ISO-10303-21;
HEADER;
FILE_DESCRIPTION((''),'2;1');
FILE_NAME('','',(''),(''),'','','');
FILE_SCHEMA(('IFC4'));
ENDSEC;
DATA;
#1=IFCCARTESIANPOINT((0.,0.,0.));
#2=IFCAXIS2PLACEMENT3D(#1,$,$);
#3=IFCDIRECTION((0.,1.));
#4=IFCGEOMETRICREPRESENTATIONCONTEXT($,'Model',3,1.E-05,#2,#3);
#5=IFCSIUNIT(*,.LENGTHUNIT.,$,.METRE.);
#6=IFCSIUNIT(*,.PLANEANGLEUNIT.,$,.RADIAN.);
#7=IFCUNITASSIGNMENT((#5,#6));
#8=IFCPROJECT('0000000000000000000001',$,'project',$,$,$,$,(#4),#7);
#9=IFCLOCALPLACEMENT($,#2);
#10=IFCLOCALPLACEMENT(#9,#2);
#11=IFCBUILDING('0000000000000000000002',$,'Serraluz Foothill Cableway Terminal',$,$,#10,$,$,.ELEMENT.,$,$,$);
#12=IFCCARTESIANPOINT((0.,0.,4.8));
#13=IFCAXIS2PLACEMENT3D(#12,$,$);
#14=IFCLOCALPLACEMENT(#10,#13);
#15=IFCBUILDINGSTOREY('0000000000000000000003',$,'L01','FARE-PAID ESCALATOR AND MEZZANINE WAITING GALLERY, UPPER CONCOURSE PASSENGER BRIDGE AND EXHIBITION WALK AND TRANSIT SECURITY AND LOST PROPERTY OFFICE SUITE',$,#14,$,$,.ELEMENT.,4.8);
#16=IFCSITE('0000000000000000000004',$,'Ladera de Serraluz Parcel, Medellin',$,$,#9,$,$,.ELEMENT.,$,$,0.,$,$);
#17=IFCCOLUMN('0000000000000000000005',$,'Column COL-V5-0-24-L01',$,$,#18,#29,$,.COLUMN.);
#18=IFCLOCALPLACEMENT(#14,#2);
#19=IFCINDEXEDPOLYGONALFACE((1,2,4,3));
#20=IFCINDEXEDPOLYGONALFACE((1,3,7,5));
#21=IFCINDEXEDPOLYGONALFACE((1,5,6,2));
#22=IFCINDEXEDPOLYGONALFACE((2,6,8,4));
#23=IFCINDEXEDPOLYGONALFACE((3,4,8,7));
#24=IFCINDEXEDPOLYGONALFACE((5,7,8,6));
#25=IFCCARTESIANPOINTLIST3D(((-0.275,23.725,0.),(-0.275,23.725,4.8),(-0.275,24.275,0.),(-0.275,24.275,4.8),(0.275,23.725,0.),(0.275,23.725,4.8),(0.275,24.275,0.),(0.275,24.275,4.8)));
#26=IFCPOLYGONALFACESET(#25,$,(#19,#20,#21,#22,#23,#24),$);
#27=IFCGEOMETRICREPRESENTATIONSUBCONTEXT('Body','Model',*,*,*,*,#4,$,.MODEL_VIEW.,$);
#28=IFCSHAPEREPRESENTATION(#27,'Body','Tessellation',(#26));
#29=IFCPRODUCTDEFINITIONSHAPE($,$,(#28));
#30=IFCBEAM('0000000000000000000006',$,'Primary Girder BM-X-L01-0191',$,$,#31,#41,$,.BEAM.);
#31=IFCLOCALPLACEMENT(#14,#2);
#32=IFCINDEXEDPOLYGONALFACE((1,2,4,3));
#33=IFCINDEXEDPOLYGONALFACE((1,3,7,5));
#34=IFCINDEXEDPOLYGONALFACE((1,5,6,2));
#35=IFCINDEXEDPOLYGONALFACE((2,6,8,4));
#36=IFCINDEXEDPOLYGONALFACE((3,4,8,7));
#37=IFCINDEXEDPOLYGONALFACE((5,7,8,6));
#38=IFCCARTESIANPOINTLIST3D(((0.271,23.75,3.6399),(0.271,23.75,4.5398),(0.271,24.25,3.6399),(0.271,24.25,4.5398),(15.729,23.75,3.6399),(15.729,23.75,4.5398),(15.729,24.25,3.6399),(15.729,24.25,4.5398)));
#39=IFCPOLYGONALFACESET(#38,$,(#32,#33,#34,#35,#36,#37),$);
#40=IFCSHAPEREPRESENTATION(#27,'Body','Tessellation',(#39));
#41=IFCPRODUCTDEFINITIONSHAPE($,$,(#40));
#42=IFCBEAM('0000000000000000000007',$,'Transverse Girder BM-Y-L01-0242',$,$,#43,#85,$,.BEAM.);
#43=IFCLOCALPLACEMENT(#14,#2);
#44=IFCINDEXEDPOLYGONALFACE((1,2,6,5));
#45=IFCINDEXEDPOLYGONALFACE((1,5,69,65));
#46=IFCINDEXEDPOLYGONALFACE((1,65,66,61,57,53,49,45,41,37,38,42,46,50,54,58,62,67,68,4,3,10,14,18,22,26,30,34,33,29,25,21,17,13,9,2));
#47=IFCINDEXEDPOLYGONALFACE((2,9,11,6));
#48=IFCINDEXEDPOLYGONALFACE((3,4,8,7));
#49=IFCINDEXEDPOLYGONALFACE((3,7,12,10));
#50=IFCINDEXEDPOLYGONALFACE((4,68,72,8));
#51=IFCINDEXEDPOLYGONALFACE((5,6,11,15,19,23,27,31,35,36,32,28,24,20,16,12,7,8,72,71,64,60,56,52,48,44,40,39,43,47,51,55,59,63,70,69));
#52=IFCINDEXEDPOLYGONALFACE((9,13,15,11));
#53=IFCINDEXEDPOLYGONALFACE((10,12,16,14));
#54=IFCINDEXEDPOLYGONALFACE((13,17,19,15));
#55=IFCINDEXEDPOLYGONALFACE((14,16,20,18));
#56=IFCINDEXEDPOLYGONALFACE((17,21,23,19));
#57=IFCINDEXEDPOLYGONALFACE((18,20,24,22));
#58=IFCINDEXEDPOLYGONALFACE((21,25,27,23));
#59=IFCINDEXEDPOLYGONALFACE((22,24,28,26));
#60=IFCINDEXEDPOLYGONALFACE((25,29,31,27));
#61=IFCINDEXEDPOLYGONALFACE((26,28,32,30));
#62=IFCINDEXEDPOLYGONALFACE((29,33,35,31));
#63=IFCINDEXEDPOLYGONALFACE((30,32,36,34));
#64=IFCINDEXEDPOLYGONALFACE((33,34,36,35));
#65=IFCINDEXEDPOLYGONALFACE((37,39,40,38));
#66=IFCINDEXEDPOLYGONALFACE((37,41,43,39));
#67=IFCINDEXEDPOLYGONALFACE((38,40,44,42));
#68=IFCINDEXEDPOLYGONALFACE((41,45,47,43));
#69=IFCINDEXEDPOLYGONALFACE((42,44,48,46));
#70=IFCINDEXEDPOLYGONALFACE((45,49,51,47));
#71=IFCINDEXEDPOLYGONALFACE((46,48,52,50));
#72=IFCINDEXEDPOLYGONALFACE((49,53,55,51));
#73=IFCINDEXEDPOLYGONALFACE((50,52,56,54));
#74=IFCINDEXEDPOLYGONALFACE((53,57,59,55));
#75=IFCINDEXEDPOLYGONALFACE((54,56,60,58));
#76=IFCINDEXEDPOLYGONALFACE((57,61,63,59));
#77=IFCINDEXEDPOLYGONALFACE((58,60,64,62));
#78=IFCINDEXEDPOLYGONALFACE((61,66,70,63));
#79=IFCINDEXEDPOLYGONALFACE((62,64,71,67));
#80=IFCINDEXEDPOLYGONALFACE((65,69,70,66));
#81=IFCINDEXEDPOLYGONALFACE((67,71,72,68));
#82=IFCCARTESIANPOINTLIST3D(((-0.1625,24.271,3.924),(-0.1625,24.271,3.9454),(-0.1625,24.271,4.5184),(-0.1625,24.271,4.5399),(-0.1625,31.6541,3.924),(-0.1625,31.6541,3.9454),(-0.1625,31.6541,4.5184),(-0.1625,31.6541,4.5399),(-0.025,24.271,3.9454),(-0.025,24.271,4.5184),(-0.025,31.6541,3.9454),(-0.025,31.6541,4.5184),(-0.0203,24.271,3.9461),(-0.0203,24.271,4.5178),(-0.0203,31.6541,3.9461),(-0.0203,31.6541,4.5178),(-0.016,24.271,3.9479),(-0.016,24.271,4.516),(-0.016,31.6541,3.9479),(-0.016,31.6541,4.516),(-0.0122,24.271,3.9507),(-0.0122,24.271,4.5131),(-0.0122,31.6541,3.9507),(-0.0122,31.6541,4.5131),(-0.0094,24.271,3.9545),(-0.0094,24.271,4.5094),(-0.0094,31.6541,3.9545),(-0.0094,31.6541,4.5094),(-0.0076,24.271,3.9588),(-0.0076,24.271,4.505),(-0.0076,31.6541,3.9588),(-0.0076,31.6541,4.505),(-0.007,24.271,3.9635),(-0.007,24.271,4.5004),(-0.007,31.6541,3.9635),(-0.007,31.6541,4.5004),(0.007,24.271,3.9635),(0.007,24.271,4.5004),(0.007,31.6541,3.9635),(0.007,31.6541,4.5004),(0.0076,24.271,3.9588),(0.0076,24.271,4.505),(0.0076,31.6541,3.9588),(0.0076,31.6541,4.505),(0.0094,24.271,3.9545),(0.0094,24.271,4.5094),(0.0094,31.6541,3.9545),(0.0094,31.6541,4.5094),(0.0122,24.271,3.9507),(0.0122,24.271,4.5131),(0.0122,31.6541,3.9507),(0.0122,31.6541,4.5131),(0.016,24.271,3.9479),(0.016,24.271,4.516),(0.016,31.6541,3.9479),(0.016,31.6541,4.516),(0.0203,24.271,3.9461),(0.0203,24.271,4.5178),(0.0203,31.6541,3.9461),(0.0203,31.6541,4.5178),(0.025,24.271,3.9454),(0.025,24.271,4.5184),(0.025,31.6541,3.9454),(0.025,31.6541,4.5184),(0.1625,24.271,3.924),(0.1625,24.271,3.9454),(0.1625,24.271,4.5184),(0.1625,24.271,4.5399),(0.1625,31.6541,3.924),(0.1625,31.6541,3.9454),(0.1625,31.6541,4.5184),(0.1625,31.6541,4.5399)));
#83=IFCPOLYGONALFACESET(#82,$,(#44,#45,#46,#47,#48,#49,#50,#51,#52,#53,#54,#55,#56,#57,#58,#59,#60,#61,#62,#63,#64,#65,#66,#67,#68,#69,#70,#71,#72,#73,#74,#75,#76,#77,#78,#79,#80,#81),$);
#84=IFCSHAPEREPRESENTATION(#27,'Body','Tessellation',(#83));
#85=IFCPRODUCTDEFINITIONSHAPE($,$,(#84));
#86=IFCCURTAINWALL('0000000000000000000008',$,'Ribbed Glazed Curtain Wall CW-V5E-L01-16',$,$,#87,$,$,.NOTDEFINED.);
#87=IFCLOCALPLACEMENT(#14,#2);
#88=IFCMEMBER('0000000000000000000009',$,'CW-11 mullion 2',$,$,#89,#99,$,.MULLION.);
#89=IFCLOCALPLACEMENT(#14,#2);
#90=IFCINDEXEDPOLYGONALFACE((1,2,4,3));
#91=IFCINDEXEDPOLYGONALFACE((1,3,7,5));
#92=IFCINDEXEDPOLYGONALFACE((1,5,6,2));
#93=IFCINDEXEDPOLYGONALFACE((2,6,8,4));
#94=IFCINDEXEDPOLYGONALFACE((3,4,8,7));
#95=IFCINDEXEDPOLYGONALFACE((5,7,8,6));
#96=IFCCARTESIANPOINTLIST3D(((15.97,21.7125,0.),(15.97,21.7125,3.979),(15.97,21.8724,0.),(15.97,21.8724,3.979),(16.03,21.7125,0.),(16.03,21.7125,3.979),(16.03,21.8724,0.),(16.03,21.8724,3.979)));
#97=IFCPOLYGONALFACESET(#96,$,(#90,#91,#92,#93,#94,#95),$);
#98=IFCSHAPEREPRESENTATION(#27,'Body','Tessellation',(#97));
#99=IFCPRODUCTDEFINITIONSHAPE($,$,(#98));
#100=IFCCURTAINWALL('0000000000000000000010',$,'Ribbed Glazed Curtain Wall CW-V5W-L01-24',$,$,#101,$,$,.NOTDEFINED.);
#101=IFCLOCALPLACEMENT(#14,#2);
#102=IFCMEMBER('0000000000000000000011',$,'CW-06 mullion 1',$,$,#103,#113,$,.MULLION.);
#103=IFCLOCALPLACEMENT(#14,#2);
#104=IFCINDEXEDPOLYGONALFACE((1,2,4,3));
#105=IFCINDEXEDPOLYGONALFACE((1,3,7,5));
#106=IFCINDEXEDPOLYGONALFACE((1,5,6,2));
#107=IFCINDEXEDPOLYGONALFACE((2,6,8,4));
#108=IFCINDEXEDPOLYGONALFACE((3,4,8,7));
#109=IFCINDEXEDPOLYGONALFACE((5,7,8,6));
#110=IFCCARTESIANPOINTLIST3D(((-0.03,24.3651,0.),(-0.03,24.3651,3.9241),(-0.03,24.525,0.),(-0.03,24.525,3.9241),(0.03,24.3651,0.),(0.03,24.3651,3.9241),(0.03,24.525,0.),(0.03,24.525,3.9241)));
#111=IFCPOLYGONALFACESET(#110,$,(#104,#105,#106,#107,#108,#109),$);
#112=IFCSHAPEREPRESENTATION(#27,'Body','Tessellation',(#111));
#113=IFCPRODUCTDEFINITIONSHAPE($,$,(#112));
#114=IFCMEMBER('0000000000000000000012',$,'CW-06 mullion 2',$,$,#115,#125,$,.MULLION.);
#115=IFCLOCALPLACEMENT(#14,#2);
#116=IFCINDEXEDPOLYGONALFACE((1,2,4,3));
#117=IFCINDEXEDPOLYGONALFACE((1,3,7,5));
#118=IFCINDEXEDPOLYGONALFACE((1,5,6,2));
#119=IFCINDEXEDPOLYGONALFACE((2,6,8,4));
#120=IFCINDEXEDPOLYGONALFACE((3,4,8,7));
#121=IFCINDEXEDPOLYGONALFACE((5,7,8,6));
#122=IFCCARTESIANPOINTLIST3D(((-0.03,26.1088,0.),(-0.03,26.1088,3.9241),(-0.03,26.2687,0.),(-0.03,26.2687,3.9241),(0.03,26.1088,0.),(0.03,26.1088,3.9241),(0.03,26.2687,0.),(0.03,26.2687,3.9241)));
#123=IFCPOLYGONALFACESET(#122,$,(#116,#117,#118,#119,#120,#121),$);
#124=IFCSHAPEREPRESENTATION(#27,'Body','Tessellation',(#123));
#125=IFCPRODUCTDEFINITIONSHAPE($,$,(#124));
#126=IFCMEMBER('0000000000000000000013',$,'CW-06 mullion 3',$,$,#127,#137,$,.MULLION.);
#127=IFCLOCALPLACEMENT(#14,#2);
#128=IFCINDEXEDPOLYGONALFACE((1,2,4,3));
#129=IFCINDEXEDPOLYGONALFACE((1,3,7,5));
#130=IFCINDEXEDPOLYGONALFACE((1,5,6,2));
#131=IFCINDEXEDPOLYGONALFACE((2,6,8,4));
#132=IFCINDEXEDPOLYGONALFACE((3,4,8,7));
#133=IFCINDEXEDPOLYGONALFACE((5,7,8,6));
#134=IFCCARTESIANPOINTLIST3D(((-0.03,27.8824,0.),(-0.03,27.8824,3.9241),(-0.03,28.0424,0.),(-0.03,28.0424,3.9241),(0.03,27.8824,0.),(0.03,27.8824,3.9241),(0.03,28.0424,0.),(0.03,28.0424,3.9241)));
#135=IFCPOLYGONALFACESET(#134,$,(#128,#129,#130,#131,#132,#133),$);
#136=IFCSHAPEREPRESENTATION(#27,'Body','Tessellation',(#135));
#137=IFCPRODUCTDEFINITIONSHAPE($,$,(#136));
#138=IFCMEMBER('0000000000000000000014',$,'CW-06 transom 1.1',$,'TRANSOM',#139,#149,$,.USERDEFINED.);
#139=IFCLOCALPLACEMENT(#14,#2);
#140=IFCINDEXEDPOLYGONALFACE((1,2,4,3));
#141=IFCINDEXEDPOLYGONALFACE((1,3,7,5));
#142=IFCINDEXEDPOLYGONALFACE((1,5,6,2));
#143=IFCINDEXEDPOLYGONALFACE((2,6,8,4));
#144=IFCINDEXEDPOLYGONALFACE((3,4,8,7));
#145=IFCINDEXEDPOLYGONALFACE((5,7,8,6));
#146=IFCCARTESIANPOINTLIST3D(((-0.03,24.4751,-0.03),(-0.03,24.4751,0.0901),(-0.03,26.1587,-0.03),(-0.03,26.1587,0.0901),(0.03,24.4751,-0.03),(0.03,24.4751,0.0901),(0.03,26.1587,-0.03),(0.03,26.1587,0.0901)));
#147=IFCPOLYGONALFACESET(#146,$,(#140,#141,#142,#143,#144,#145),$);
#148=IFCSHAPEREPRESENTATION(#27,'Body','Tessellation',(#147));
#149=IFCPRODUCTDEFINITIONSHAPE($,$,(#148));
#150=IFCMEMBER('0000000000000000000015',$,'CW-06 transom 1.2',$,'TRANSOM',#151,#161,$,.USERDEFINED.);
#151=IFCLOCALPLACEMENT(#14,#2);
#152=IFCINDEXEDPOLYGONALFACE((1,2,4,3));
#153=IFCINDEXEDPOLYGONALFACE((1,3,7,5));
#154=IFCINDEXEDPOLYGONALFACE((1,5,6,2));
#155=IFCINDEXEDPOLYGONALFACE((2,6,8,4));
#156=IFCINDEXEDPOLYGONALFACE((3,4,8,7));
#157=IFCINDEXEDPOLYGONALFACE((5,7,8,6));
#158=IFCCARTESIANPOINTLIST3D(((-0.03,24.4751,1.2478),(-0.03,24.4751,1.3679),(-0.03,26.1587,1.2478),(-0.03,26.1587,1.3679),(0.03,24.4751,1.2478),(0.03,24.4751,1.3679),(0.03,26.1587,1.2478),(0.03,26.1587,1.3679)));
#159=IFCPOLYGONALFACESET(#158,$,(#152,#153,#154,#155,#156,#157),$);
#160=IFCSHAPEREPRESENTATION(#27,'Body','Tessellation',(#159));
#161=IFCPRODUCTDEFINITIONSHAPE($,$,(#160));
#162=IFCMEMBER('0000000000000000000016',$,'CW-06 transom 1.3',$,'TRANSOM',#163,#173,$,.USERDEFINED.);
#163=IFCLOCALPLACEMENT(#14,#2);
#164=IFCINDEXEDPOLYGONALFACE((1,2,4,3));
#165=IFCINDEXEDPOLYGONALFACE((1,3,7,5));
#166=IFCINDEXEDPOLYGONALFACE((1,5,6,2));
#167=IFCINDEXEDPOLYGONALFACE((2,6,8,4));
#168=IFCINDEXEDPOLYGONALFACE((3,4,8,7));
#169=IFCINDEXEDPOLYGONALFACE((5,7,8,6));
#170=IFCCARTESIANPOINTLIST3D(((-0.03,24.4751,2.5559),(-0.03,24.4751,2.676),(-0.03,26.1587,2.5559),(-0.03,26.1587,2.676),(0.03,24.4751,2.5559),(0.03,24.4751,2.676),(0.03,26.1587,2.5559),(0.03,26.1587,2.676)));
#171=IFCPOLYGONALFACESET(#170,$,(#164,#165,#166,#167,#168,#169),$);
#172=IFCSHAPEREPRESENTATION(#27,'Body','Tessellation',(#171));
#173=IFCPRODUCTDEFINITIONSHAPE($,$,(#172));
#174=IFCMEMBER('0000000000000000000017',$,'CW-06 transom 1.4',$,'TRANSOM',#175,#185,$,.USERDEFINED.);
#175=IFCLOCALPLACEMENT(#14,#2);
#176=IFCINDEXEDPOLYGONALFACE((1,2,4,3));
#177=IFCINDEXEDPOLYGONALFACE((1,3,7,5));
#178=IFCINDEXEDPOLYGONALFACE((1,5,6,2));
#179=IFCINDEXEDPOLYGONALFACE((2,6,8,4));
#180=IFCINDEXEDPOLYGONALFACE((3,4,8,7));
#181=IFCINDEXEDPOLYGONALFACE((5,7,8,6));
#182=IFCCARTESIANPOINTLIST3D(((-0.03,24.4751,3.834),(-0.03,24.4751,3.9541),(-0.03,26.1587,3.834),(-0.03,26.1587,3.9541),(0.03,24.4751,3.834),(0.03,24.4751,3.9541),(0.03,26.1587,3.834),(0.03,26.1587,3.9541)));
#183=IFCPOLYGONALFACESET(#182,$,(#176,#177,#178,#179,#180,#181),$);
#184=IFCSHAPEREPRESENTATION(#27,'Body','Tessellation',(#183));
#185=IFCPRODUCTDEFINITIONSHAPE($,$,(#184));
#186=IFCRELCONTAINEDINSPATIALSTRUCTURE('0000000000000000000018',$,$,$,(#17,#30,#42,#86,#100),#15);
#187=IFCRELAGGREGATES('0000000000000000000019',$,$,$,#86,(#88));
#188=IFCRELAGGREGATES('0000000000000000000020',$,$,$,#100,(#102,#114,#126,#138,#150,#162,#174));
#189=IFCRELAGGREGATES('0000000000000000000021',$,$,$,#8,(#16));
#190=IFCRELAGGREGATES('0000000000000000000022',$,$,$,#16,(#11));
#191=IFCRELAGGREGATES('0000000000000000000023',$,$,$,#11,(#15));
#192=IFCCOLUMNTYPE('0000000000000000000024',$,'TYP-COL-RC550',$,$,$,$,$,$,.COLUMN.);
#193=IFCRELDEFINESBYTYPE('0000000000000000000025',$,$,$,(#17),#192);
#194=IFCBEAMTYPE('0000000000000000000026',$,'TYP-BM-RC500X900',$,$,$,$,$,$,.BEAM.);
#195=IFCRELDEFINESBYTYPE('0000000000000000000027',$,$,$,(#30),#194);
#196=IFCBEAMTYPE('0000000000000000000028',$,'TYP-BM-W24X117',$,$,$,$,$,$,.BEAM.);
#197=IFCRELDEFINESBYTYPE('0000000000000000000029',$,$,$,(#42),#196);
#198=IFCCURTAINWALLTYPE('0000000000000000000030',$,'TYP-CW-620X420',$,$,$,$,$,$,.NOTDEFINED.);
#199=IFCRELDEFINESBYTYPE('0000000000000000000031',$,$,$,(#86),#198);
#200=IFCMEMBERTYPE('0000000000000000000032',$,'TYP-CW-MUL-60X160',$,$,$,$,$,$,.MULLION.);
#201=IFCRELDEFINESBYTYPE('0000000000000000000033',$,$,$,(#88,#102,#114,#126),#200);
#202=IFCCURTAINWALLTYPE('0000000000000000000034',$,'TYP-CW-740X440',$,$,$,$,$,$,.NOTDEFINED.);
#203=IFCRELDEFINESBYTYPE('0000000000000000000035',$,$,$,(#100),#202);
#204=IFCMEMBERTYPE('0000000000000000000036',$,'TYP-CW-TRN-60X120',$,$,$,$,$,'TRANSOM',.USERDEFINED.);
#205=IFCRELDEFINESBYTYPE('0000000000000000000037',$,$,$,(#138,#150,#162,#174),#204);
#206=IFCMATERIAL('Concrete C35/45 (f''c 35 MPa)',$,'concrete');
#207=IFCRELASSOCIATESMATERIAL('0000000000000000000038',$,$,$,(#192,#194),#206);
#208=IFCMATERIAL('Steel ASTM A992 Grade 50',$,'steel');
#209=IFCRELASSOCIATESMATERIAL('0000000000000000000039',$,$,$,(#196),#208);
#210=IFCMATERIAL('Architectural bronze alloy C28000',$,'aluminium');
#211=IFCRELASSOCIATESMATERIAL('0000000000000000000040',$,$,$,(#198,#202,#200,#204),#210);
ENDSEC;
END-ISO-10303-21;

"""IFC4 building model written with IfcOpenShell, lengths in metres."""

from ifc_helpers import new_model, si_unit, direction, frame, origin, origin_2d, place, context, subcontext, project, spatial, rectangle, i_section, extrude, material, material_profile, profile_set, type_object, element, aggregate, save


model = new_model("IFC4")

# Units and contexts
model_context = context("Model", 3, precision=1e-05, world=origin(), true_north=direction((0.0, 1.0)))
body_context = subcontext(model_context, "Body", "Model", "MODEL_VIEW")
ifc_project = project(units=[si_unit("LENGTHUNIT", "METRE"), si_unit("PLANEANGLEUNIT", "RADIAN")], contexts=[model_context])

# Site, building, storey
site_placement = place(None, origin())
site = spatial("IfcSite", under=ifc_project, at=site_placement, Name="Ladera de Serraluz Parcel, Medellin", CompositionType="ELEMENT", RefElevation=0.0)
building_placement = place(site_placement, origin())
building = spatial("IfcBuilding", under=site, at=building_placement, Name="Serraluz Foothill Cableway Terminal", CompositionType="ELEMENT")
storey_placement = place(building_placement, frame((0.0, 0.0, 4.8)))
storey = spatial("IfcBuildingStorey", under=building, at=storey_placement, Name="L01", Description="FARE-PAID ESCALATOR AND MEZZANINE WAITING GALLERY, UPPER CONCOURSE PASSENGER BRIDGE AND EXHIBITION WALK AND TRANSIT SECURITY AND LOST PROPERTY OFFICE SUITE", CompositionType="ELEMENT", Elevation=4.8)

# Column
ifc_material_1 = material(Name="Concrete C35/45 (f'c 35 MPa)", Category="concrete")
ifc_material_profile_1 = material_profile(ifc_material_1, rectangle(XDim=0.55, YDim=0.55, at=origin_2d()), Name="RC 550x550")
ifc_profile_set_1 = profile_set([ifc_material_profile_1], Name="Concrete C35/45 (f'c 35 MPa)")
column_type = type_object("IfcColumnType", Name="TYP-COL-RC550", PredefinedType="COLUMN", material=ifc_profile_set_1)
column_placement = place(storey_placement, frame((0.0, 24.0, 0.0), z_axis=(0.0, 0.0, 1.0), x_axis=(1.0, 0.0, 0.0)))
element("IfcColumn", 1, at=column_placement, inside=storey, type_object=column_type, Name="Column COL-V5-0-24-L01", PredefinedType="COLUMN", context=body_context, shape_type="SweptSolid", body=[
    extrude(rectangle(XDim=0.55, YDim=0.55, at=origin_2d()), origin(), (0.0, 0.0, 1.0), 4.8),
])

# Beams
ifc_material_profile_2 = material_profile(ifc_material_1, rectangle(XDim=0.5, YDim=0.8999, at=origin_2d()), Name="RC 500x900")
ifc_profile_set_2 = profile_set([ifc_material_profile_2], Name="Concrete C35/45 (f'c 35 MPa)")
beam_type_1 = type_object("IfcBeamType", Name="TYP-BM-RC500X900", PredefinedType="BEAM", material=ifc_profile_set_2)
beam_1_placement = place(storey_placement, frame((0.271, 24.0, 4.0898), z_axis=(1.0, 0.0, 0.0), x_axis=(0.0, 1.0, 0.0)))
element("IfcBeam", 2, at=beam_1_placement, inside=storey, type_object=beam_type_1, Name="Primary Girder BM-X-L01-0191", PredefinedType="BEAM", context=body_context, shape_type="SweptSolid", body=[
    extrude(rectangle(XDim=0.5, YDim=0.8999, at=origin_2d()), origin(), (0.0, 0.0, 1.0), 15.458),
])
ifc_material_2 = material(Name="Steel ASTM A992 Grade 50", Category="steel")
ifc_material_profile_3 = material_profile(ifc_material_2, i_section(OverallWidth=0.325, OverallDepth=0.616, WebThickness=0.0139, FlangeThickness=0.0215, FilletRadius=0.0181, at=origin_2d()), Name="W24X117")
ifc_profile_set_3 = profile_set([ifc_material_profile_3], Name="Steel ASTM A992 Grade 50")
beam_type_2 = type_object("IfcBeamType", Name="TYP-BM-W24X117", PredefinedType="BEAM", material=ifc_profile_set_3)
beam_2_placement = place(storey_placement, frame((0.0, 24.271, 4.2319), z_axis=(0.0, 1.0, 0.0), x_axis=(-1.0, 0.0, 0.0)))
element("IfcBeam", 3, at=beam_2_placement, inside=storey, type_object=beam_type_2, Name="Transverse Girder BM-Y-L01-0242", PredefinedType="BEAM", context=body_context, shape_type="SweptSolid", body=[
    extrude(i_section(OverallWidth=0.325, OverallDepth=0.616, WebThickness=0.0139, FlangeThickness=0.0215, FilletRadius=0.0181, at=origin_2d()), origin(), (0.0, 0.0, 1.0), 7.3831),
])

# Curtain wall, member
ifc_material_3 = material(Name="Architectural bronze alloy C28000", Category="aluminium")
curtain_wall_type_1 = type_object("IfcCurtainWallType", Name="TYP-CW-620X420", PredefinedType="NOTDEFINED", material=ifc_material_3)
curtain_wall_1_placement = place(storey_placement, origin())
curtain_wall_1 = element("IfcCurtainWall", 4, at=curtain_wall_1_placement, inside=storey, type_object=curtain_wall_type_1, Name="Ribbed Glazed Curtain Wall CW-V5E-L01-16", PredefinedType="NOTDEFINED")
ifc_material_profile_4 = material_profile(ifc_material_3, rectangle(XDim=0.0601, YDim=0.1599, at=origin_2d()), Name="ALU MULLION 60x160")
ifc_profile_set_4 = profile_set([ifc_material_profile_4], Name="Architectural bronze alloy C28000")
member_type_1 = type_object("IfcMemberType", Name="TYP-CW-MUL-60X160", PredefinedType="MULLION", material=ifc_profile_set_4)
member_1_placement = place(storey_placement, frame((16.0, 21.7925, 0.0), z_axis=(0.0, 0.0, 1.0), x_axis=(1.0, 0.0, 0.0)))
member_1 = element("IfcMember", 5, at=member_1_placement, type_object=member_type_1, Name="CW-11 mullion 2", PredefinedType="MULLION", context=body_context, shape_type="SweptSolid", body=[
    extrude(rectangle(XDim=0.0601, YDim=0.1599, at=origin_2d()), origin(), (0.0, 0.0, 1.0), 3.979),
])

# Curtain wall, members
curtain_wall_type_2 = type_object("IfcCurtainWallType", Name="TYP-CW-740X440", PredefinedType="NOTDEFINED", material=ifc_material_3)
curtain_wall_2_placement = place(storey_placement, origin())
curtain_wall_2 = element("IfcCurtainWall", 6, at=curtain_wall_2_placement, inside=storey, type_object=curtain_wall_type_2, Name="Ribbed Glazed Curtain Wall CW-V5W-L01-24", PredefinedType="NOTDEFINED")
member_2_placement = place(storey_placement, frame((0.0, 24.4451, 0.0), z_axis=(0.0, 0.0, 1.0), x_axis=(-1.0, 0.0, 0.0)))
member_2 = element("IfcMember", 7, at=member_2_placement, type_object=member_type_1, Name="CW-06 mullion 1", PredefinedType="MULLION", context=body_context, shape_type="SweptSolid", body=[
    extrude(rectangle(XDim=0.0601, YDim=0.1599, at=origin_2d()), origin(), (0.0, 0.0, 1.0), 3.9241),
])
member_3_placement = place(storey_placement, frame((0.0, 26.1887, 0.0), z_axis=(0.0, 0.0, 1.0), x_axis=(-1.0, 0.0, 0.0)))
member_3 = element("IfcMember", 8, at=member_3_placement, type_object=member_type_1, Name="CW-06 mullion 2", PredefinedType="MULLION", context=body_context, shape_type="SweptSolid", body=[
    extrude(rectangle(XDim=0.0601, YDim=0.1599, at=origin_2d()), origin(), (0.0, 0.0, 1.0), 3.9241),
])
member_4_placement = place(storey_placement, frame((0.0, 27.9624, 0.0), z_axis=(0.0, 0.0, 1.0), x_axis=(-1.0, 0.0, 0.0)))
member_4 = element("IfcMember", 9, at=member_4_placement, type_object=member_type_1, Name="CW-06 mullion 3", PredefinedType="MULLION", context=body_context, shape_type="SweptSolid", body=[
    extrude(rectangle(XDim=0.0601, YDim=0.1599, at=origin_2d()), origin(), (0.0, 0.0, 1.0), 3.9241),
])
ifc_material_profile_5 = material_profile(ifc_material_3, rectangle(XDim=0.0601, YDim=0.1201, at=origin_2d()), Name="ALU TRANSOM 60x120")
ifc_profile_set_5 = profile_set([ifc_material_profile_5], Name="Architectural bronze alloy C28000")
member_type_2 = type_object("IfcMemberType", Name="TYP-CW-TRN-60X120", ElementType="TRANSOM", PredefinedType="USERDEFINED", material=ifc_profile_set_5)
member_5_placement = place(storey_placement, frame((0.0, 24.4751, 0.03), z_axis=(0.0, 1.0, 0.0), x_axis=(-1.0, 0.0, 0.0)))
member_5 = element("IfcMember", 10, at=member_5_placement, type_object=member_type_2, Name="CW-06 transom 1.1", ObjectType="TRANSOM", PredefinedType="USERDEFINED", context=body_context, shape_type="SweptSolid", body=[
    extrude(rectangle(XDim=0.0601, YDim=0.1201, at=origin_2d()), origin(), (0.0, 0.0, 1.0), 1.6836),
])
member_6_placement = place(storey_placement, frame((0.0, 24.4751, 1.3079), z_axis=(0.0, 1.0, 0.0), x_axis=(-1.0, 0.0, 0.0)))
member_6 = element("IfcMember", 11, at=member_6_placement, type_object=member_type_2, Name="CW-06 transom 1.2", ObjectType="TRANSOM", PredefinedType="USERDEFINED", context=body_context, shape_type="SweptSolid", body=[
    extrude(rectangle(XDim=0.0601, YDim=0.1201, at=origin_2d()), origin(), (0.0, 0.0, 1.0), 1.6836),
])
member_7_placement = place(storey_placement, frame((0.0, 24.4751, 2.616), z_axis=(0.0, 1.0, 0.0), x_axis=(-1.0, 0.0, 0.0)))
member_7 = element("IfcMember", 12, at=member_7_placement, type_object=member_type_2, Name="CW-06 transom 1.3", ObjectType="TRANSOM", PredefinedType="USERDEFINED", context=body_context, shape_type="SweptSolid", body=[
    extrude(rectangle(XDim=0.0601, YDim=0.1201, at=origin_2d()), origin(), (0.0, 0.0, 1.0), 1.6836),
])
member_8_placement = place(storey_placement, frame((0.0, 24.4751, 3.894), z_axis=(0.0, 1.0, 0.0), x_axis=(-1.0, 0.0, 0.0)))
member_8 = element("IfcMember", 13, at=member_8_placement, type_object=member_type_2, Name="CW-06 transom 1.4", ObjectType="TRANSOM", PredefinedType="USERDEFINED", context=body_context, shape_type="SweptSolid", body=[
    extrude(rectangle(XDim=0.0601, YDim=0.1201, at=origin_2d()), origin(), (0.0, 0.0, 1.0), 1.6836),
])

aggregate(curtain_wall_1, [member_1])
aggregate(curtain_wall_2, [member_2, member_3, member_4, member_5, member_6, member_7, member_8])

save(model, "model.ifc")
